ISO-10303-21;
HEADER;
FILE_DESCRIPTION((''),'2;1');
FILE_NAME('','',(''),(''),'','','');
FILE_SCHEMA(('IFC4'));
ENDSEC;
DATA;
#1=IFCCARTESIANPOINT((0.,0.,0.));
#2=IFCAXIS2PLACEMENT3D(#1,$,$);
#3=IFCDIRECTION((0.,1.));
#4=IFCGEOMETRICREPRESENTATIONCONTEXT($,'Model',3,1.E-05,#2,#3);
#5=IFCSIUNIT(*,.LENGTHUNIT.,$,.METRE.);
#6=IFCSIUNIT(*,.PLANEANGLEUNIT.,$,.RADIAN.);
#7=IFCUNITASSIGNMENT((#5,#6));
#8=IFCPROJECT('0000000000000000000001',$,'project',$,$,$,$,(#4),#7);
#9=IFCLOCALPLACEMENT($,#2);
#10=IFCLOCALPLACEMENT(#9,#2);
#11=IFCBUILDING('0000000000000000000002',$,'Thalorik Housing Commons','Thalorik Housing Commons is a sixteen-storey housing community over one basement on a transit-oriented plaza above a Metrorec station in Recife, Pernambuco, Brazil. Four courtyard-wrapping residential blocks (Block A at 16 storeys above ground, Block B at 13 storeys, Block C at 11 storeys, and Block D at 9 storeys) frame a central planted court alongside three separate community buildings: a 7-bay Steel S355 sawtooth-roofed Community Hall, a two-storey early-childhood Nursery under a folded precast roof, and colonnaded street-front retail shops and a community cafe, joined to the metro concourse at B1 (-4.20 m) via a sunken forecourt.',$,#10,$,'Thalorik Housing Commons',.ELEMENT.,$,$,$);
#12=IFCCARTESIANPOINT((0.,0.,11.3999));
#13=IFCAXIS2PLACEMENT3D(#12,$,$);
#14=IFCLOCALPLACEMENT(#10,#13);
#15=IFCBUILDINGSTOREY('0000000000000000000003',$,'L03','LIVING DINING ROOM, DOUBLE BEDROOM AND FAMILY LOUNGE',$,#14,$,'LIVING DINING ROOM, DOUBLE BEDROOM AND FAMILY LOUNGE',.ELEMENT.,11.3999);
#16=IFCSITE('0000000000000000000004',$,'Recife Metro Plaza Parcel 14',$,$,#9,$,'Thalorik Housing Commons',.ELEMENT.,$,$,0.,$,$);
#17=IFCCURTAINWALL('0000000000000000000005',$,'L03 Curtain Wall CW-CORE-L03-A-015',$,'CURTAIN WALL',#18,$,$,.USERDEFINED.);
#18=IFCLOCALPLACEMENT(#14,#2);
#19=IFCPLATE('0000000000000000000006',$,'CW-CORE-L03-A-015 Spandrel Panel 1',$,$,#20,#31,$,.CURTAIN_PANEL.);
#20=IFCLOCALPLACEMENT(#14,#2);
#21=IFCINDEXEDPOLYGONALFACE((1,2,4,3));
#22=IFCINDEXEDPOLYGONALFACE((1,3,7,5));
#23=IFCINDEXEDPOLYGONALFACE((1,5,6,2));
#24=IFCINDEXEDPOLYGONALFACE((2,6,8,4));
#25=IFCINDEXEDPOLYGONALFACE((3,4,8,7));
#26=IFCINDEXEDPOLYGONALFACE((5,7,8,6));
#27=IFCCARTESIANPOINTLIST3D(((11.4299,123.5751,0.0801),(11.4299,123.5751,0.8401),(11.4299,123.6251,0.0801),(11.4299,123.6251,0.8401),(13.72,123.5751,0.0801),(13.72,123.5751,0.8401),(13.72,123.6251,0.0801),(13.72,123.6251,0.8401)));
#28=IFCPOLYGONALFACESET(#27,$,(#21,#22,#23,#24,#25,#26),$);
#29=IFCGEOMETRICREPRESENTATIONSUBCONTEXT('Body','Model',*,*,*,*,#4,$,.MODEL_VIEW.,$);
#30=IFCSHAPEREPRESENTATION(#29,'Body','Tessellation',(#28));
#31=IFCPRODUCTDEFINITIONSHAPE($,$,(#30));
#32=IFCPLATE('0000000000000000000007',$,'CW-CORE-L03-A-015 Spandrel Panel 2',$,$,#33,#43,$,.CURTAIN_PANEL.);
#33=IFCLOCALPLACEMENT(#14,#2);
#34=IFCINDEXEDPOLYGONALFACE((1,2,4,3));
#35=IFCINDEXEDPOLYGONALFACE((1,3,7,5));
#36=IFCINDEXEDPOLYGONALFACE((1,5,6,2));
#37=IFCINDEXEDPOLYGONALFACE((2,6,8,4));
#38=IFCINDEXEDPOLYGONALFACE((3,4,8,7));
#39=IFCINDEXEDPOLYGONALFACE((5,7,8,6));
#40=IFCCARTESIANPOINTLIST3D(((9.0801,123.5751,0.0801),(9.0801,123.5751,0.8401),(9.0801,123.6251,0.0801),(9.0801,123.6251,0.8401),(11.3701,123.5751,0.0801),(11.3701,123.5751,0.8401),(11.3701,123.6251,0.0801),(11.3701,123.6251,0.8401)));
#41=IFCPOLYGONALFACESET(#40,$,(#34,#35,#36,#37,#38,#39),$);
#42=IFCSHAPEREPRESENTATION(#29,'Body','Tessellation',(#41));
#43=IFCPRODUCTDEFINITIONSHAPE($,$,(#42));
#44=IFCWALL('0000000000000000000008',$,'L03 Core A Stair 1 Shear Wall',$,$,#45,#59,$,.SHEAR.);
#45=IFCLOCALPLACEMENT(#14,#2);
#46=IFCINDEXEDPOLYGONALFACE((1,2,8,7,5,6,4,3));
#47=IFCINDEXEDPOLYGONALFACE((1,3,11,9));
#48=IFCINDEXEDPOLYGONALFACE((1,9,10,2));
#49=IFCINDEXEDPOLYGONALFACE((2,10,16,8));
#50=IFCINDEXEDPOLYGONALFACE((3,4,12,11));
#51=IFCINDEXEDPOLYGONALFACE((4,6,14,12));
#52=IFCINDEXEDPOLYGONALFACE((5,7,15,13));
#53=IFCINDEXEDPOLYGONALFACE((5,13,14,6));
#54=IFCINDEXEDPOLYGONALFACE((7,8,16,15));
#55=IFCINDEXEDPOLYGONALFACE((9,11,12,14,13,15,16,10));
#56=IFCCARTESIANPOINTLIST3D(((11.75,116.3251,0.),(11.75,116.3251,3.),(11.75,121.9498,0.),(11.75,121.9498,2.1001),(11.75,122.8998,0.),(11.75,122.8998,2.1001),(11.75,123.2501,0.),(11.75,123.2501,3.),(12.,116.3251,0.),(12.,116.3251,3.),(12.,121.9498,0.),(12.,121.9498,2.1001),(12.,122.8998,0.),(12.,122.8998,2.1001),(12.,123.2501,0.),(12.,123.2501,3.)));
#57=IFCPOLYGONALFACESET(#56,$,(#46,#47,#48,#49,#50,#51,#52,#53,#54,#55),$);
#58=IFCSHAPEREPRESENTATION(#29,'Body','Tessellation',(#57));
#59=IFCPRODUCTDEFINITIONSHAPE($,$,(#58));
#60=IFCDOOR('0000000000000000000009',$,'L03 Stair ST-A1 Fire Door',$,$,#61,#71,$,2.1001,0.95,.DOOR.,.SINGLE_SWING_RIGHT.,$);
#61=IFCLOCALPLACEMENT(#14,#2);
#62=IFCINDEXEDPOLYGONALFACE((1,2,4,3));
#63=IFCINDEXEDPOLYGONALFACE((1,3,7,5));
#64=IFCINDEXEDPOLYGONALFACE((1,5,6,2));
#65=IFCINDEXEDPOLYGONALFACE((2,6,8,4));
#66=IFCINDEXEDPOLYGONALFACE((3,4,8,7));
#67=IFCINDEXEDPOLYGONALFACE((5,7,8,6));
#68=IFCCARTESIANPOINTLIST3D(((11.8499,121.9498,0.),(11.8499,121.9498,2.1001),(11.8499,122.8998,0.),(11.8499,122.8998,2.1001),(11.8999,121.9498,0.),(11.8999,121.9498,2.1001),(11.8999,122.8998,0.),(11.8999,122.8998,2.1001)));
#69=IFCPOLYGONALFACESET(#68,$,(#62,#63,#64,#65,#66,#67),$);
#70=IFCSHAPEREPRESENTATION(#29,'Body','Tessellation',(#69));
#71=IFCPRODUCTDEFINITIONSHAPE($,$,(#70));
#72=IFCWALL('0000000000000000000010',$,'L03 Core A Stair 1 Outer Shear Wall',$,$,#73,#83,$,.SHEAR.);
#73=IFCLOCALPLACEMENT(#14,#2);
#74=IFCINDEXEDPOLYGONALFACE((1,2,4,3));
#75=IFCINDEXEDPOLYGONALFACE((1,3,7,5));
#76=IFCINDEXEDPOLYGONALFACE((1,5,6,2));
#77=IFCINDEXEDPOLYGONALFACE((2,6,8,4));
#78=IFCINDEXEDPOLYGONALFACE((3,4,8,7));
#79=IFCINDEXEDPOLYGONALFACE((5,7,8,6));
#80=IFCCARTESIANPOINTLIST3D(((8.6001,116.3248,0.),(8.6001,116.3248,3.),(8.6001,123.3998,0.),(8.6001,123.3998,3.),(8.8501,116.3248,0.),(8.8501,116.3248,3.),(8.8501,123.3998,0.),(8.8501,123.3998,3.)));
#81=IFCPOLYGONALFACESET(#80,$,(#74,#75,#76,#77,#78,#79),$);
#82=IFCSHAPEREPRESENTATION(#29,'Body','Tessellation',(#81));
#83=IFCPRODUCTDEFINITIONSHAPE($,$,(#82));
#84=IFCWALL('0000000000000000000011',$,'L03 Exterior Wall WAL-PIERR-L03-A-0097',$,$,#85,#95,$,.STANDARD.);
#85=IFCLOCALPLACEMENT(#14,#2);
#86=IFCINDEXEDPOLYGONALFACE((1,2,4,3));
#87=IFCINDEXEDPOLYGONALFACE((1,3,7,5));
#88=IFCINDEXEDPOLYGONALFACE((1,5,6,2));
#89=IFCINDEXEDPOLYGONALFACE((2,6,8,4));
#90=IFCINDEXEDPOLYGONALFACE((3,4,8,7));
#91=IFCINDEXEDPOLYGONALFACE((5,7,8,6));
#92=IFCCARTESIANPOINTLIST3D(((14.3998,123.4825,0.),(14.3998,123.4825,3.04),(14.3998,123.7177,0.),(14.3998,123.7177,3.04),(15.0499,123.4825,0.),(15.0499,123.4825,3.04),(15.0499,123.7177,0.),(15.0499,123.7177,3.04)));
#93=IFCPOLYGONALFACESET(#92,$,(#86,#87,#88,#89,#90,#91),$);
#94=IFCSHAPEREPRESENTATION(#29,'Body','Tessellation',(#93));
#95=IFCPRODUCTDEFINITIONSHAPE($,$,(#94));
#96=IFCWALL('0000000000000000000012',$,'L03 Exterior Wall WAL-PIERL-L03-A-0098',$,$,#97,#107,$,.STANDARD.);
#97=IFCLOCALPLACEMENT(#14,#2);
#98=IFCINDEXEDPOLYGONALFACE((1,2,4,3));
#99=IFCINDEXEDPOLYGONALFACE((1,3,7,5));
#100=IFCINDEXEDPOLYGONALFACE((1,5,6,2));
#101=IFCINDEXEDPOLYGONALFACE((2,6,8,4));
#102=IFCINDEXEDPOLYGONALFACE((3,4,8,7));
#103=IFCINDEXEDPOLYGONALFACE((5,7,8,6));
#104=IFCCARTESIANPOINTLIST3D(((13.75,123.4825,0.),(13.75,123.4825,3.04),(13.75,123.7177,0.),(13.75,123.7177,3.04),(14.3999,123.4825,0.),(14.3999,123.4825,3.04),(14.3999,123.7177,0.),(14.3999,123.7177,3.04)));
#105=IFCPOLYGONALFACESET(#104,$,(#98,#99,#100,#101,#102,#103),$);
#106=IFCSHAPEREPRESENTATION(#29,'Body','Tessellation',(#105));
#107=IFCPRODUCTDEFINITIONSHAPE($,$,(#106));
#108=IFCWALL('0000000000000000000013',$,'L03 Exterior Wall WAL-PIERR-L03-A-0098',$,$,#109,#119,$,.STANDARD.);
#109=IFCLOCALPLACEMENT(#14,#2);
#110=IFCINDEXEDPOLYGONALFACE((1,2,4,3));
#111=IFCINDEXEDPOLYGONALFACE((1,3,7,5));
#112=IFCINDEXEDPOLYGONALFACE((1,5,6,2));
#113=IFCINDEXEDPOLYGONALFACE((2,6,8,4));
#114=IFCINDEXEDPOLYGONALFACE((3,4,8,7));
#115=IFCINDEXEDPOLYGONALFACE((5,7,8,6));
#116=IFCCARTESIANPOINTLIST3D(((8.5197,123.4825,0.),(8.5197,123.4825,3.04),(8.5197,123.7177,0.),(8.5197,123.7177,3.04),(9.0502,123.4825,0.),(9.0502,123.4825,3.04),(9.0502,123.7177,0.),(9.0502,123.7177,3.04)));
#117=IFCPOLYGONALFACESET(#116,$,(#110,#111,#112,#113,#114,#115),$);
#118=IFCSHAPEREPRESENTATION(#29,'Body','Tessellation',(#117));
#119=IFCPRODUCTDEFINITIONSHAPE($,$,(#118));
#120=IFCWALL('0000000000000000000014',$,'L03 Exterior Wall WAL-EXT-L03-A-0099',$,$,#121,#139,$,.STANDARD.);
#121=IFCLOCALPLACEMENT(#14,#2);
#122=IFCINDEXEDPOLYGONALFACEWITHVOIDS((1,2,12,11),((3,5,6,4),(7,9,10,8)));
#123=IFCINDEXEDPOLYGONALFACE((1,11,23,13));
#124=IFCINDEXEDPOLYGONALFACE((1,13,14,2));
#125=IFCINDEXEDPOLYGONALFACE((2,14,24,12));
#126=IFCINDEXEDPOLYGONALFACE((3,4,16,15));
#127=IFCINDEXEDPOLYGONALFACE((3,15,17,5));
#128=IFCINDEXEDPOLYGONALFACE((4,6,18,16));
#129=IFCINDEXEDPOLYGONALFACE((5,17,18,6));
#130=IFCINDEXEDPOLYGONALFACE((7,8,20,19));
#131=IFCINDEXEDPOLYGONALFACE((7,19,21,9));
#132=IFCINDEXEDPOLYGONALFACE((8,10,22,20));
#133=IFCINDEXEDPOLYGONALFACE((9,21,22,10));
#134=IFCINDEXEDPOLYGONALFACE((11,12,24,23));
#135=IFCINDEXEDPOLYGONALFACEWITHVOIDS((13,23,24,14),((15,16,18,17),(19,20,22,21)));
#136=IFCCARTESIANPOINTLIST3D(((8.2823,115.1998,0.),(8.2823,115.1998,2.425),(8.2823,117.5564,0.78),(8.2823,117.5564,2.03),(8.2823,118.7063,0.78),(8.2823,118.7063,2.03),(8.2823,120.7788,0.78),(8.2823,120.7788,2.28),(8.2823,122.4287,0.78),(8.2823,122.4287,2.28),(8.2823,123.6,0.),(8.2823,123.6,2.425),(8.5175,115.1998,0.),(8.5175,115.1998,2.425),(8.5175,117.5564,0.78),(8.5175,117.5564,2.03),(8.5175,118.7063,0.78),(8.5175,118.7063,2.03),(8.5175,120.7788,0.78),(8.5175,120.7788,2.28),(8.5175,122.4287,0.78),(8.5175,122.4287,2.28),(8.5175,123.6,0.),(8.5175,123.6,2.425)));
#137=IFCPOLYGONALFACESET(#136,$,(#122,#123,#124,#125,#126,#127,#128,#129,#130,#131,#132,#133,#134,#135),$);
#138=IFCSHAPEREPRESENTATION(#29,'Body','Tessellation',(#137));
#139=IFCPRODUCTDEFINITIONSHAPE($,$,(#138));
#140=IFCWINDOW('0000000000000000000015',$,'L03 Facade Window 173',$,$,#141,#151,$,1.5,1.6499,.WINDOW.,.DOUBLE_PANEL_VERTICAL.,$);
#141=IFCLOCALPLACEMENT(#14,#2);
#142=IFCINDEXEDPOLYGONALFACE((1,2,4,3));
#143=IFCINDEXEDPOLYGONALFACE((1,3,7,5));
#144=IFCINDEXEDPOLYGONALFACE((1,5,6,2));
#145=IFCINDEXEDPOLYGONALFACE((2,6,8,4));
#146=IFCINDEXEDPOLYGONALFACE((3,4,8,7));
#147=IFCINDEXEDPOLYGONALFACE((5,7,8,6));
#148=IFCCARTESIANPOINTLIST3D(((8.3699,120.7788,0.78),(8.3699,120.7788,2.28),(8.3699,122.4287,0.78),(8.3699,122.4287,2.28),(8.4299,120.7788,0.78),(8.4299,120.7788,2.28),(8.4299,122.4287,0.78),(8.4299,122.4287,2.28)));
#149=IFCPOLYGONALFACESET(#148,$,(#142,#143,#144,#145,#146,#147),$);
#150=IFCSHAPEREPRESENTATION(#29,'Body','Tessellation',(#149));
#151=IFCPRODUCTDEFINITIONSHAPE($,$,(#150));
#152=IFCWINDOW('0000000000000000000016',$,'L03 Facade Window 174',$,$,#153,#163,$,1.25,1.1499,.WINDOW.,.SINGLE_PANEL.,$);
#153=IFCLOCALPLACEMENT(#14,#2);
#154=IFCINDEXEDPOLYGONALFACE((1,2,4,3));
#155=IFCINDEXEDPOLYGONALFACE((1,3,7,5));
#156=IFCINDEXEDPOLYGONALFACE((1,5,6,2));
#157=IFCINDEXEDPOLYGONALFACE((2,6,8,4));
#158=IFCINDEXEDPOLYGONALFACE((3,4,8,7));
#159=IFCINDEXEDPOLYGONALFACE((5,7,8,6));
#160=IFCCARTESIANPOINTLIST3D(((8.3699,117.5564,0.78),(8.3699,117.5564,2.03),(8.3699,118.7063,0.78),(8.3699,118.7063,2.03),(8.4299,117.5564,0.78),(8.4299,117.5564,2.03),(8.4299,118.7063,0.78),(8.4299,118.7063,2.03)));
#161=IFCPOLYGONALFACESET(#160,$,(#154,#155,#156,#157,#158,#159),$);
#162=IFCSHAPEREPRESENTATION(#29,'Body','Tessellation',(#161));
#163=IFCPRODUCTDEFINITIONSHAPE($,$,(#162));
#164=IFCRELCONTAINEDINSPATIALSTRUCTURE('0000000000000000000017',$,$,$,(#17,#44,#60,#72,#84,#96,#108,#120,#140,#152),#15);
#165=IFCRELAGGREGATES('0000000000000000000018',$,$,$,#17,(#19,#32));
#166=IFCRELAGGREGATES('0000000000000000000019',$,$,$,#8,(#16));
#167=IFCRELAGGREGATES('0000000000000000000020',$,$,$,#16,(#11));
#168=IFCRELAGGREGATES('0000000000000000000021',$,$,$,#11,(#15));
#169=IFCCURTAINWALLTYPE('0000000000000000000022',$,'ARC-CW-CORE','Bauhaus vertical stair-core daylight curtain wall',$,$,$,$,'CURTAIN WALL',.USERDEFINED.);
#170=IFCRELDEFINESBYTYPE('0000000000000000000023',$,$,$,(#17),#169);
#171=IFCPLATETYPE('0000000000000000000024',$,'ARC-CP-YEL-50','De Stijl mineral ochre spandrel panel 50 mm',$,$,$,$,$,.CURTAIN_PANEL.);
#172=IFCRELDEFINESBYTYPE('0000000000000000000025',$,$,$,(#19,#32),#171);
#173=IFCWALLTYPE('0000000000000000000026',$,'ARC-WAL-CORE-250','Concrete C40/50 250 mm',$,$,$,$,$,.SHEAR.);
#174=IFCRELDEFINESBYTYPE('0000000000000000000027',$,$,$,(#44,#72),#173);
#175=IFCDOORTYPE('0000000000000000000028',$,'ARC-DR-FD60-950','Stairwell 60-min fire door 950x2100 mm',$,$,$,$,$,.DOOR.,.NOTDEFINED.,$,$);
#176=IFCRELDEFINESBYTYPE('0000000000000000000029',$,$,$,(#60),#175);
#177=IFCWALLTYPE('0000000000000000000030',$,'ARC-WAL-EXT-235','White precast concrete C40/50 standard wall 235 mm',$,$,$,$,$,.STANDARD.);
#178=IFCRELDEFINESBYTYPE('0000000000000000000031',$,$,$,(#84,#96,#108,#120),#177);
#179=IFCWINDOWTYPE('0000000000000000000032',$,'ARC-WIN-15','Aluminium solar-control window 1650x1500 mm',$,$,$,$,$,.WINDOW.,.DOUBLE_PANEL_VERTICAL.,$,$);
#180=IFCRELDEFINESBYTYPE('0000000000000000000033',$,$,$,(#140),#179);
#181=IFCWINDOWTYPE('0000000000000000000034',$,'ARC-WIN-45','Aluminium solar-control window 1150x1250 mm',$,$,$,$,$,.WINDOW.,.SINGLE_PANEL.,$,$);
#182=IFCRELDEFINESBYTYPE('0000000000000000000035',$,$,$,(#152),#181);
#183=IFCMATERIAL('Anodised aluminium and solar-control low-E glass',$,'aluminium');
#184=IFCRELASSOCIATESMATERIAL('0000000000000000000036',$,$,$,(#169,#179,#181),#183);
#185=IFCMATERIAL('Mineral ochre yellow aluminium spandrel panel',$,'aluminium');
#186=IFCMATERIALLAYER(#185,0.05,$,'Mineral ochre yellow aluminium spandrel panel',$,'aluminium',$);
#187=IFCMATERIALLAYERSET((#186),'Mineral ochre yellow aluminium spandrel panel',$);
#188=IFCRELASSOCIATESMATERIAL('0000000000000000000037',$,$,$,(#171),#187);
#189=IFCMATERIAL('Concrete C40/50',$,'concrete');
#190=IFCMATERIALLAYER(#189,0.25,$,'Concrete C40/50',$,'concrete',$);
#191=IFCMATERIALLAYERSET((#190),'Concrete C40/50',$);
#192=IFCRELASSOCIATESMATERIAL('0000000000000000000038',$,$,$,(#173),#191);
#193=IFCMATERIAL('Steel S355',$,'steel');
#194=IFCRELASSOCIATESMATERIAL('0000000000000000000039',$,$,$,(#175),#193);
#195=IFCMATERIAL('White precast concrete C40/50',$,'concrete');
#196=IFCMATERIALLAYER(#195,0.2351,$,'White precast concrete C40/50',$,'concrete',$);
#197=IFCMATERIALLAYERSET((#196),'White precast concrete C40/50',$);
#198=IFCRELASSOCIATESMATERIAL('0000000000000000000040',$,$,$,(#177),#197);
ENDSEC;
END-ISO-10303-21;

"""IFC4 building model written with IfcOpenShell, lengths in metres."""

from ifc_helpers import new_model, si_unit, direction, frame, frame_2d, origin, origin_2d, place, context, subcontext, project, spatial, rectangle, extrude, material, layer, layer_set, type_object, element, fill, aggregate, save


model = new_model("IFC4")

# Units and contexts
model_context = context("Model", 3, precision=1e-05, world=origin(), true_north=direction((0.0, 1.0)))
body_context = subcontext(model_context, "Body", "Model", "MODEL_VIEW")
ifc_project = project(units=[si_unit("LENGTHUNIT", "METRE"), si_unit("PLANEANGLEUNIT", "RADIAN")], contexts=[model_context])

# Site, building, storey
site_placement = place(None, origin())
site = spatial("IfcSite", under=ifc_project, at=site_placement, Name="Recife Metro Plaza Parcel 14", LongName="Thalorik Housing Commons", CompositionType="ELEMENT", RefElevation=0.0)
building_placement = place(site_placement, origin())
building = spatial("IfcBuilding", under=site, at=building_placement, Name="Thalorik Housing Commons", Description="Thalorik Housing Commons is a sixteen-storey housing community over one basement on a transit-oriented plaza above a Metrorec station in Recife, Pernambuco, Brazil. Four courtyard-wrapping residential blocks (Block A at 16 storeys above ground, Block B at 13 storeys, Block C at 11 storeys, and Block D at 9 storeys) frame a central planted court alongside three separate community buildings: a 7-bay Steel S355 sawtooth-roofed Community Hall, a two-storey early-childhood Nursery under a folded precast roof, and colonnaded street-front retail shops and a community cafe, joined to the metro concourse at B1 (-4.20 m) via a sunken forecourt.", LongName="Thalorik Housing Commons", CompositionType="ELEMENT")
storey_placement = place(building_placement, frame((0.0, 0.0, 11.3999)))
storey = spatial("IfcBuildingStorey", under=building, at=storey_placement, Name="L03", Description="LIVING DINING ROOM, DOUBLE BEDROOM AND FAMILY LOUNGE", LongName="LIVING DINING ROOM, DOUBLE BEDROOM AND FAMILY LOUNGE", CompositionType="ELEMENT", Elevation=11.3999)

# Curtain wall
ifc_material_1 = material(Name="Anodised aluminium and solar-control low-E glass", Category="aluminium")
curtain_wall_type = type_object("IfcCurtainWallType", Name="ARC-CW-CORE", Description="Bauhaus vertical stair-core daylight curtain wall", ElementType="CURTAIN WALL", PredefinedType="USERDEFINED", material=ifc_material_1)
curtain_wall_1_placement = place(storey_placement, origin())
curtain_wall_1 = element("IfcCurtainWall", 1, at=curtain_wall_1_placement, inside=storey, type_object=curtain_wall_type, Name="L03 Curtain Wall CW-CORE-L03-A-015", ObjectType="CURTAIN WALL", PredefinedType="USERDEFINED")

# Plates
ifc_material_2 = material(Name="Mineral ochre yellow aluminium spandrel panel", Category="aluminium")
ifc_layer_1 = layer(ifc_material_2, 0.05, Name="Mineral ochre yellow aluminium spandrel panel", Category="aluminium")
ifc_layer_set_1 = layer_set([ifc_layer_1], Name="Mineral ochre yellow aluminium spandrel panel")
plate_type_1 = type_object("IfcPlateType", Name="ARC-CP-YEL-50", Description="De Stijl mineral ochre spandrel panel 50 mm", PredefinedType="CURTAIN_PANEL", material=ifc_layer_set_1)
plate_1_placement = place(storey_placement, frame((12.575, 123.6001, 0.0801), z_axis=(0.0, 0.0, 1.0), x_axis=(-1.0, 0.0, 0.0)))
plate_1 = element("IfcPlate", 2, at=plate_1_placement, type_object=plate_type_1, Name="CW-CORE-L03-A-015 Spandrel Panel 1", PredefinedType="CURTAIN_PANEL", context=body_context, shape_type="SweptSolid", body=[
    extrude(rectangle(XDim=2.29, YDim=0.05, at=origin_2d()), origin(), (0.0, 0.0, 1.0), 0.76),
])
plate_2_placement = place(storey_placement, frame((10.2251, 123.6001, 0.0801), z_axis=(0.0, 0.0, 1.0), x_axis=(-1.0, 0.0, 0.0)))
plate_2 = element("IfcPlate", 3, at=plate_2_placement, type_object=plate_type_1, Name="CW-CORE-L03-A-015 Spandrel Panel 2", PredefinedType="CURTAIN_PANEL", context=body_context, shape_type="SweptSolid", body=[
    extrude(rectangle(XDim=2.29, YDim=0.05, at=origin_2d()), origin(), (0.0, 0.0, 1.0), 0.76),
])
aggregate(curtain_wall_1, [plate_1, plate_2])

# Wall, opening, door
ifc_material_3 = material(Name="Concrete C40/50", Category="concrete")
ifc_layer_2 = layer(ifc_material_3, 0.25, Name="Concrete C40/50", Category="concrete")
ifc_layer_set_2 = layer_set([ifc_layer_2], Name="Concrete C40/50")
wall_type_1 = type_object("IfcWallType", Name="ARC-WAL-CORE-250", Description="Concrete C40/50 250 mm", PredefinedType="SHEAR", material=ifc_layer_set_2)
wall_1_placement = place(storey_placement, frame((11.875, 123.25, 0.0), z_axis=(0.0, 0.0, 1.0), x_axis=(0.0, -1.0, 0.0)))
wall_1 = element("IfcWall", 4, at=wall_1_placement, inside=storey, type_object=wall_type_1, Name="L03 Core A Stair 1 Shear Wall", PredefinedType="SHEAR", context=body_context, shape_type="SweptSolid", body=[
    extrude(rectangle(XDim=6.925, YDim=0.25, at=frame_2d((3.4624, 0.0))), origin(), (0.0, 0.0, 1.0), 3.0),
])
opening_1_placement = place(wall_1_placement, frame((0.3501, 0.0, 0.0)))
opening_1 = element("IfcOpeningElement", 5, at=opening_1_placement, cuts=wall_1, PredefinedType="OPENING", context=body_context, shape_type="SweptSolid", body=[
    extrude(rectangle(XDim=0.95, YDim=2.1001, at=frame_2d((0.4751, 1.05))), frame((0.0, 0.135, 0.0), z_axis=(0.0, -1.0, 0.0), x_axis=(1.0, 0.0, 0.0)), (0.0, 0.0, 1.0), 0.27),
])
ifc_material_4 = material(Name="Steel S355", Category="steel")
door_type = type_object("IfcDoorType", Name="ARC-DR-FD60-950", Description="Stairwell 60-min fire door 950x2100 mm", OperationType="NOTDEFINED", PredefinedType="DOOR", material=ifc_material_4)
door_placement = place(opening_1_placement, origin())
door = element("IfcDoor", 6, at=door_placement, inside=storey, type_object=door_type, Name="L03 Stair ST-A1 Fire Door", OperationType="SINGLE_SWING_RIGHT", OverallHeight=2.1001, OverallWidth=0.95, PredefinedType="DOOR", context=body_context, shape_type="SweptSolid", body=[
    extrude(rectangle(XDim=0.95, YDim=2.1001, at=frame_2d((0.4751, 1.05))), frame((0.0, 0.0249, 0.0), z_axis=(0.0, -1.0, 0.0), x_axis=(1.0, 0.0, 0.0)), (0.0, 0.0, 1.0), 0.05),
])
fill(opening_1, door)

# Walls
wall_2_placement = place(storey_placement, frame((8.7251, 123.3999, 0.0), z_axis=(0.0, 0.0, 1.0), x_axis=(0.0, -1.0, 0.0)))
element("IfcWall", 7, at=wall_2_placement, inside=storey, type_object=wall_type_1, Name="L03 Core A Stair 1 Outer Shear Wall", PredefinedType="SHEAR", context=body_context, shape_type="SweptSolid", body=[
    extrude(rectangle(XDim=7.075, YDim=0.25, at=frame_2d((3.5376, 0.0))), origin(), (0.0, 0.0, 1.0), 3.0),
])
ifc_material_5 = material(Name="White precast concrete C40/50", Category="concrete")
ifc_layer_3 = layer(ifc_material_5, 0.2351, Name="White precast concrete C40/50", Category="concrete")
ifc_layer_set_3 = layer_set([ifc_layer_3], Name="White precast concrete C40/50")
wall_type_2 = type_object("IfcWallType", Name="ARC-WAL-EXT-235", Description="White precast concrete C40/50 standard wall 235 mm", PredefinedType="STANDARD", material=ifc_layer_set_3)
wall_3_placement = place(storey_placement, frame((15.05, 123.6001, 0.0), z_axis=(0.0, 0.0, 1.0), x_axis=(-1.0, 0.0, 0.0)))
element("IfcWall", 8, at=wall_3_placement, inside=storey, type_object=wall_type_2, Name="L03 Exterior Wall WAL-PIERR-L03-A-0097", PredefinedType="STANDARD", context=body_context, shape_type="SweptSolid", body=[
    extrude(rectangle(XDim=0.6501, YDim=0.2351, at=frame_2d((0.3252, 0.0))), origin(), (0.0, 0.0, 1.0), 3.04),
])
wall_4_placement = place(storey_placement, frame((14.3999, 123.6001, 0.0), z_axis=(0.0, 0.0, 1.0), x_axis=(-1.0, 0.0, 0.0)))
element("IfcWall", 9, at=wall_4_placement, inside=storey, type_object=wall_type_2, Name="L03 Exterior Wall WAL-PIERL-L03-A-0098", PredefinedType="STANDARD", context=body_context, shape_type="SweptSolid", body=[
    extrude(rectangle(XDim=0.6499, YDim=0.2351, at=frame_2d((0.325, 0.0))), origin(), (0.0, 0.0, 1.0), 3.04),
])
wall_5_placement = place(storey_placement, frame((9.05, 123.6001, 0.0), z_axis=(0.0, 0.0, 1.0), x_axis=(-1.0, 0.0, 0.0)))
element("IfcWall", 10, at=wall_5_placement, inside=storey, type_object=wall_type_2, Name="L03 Exterior Wall WAL-PIERR-L03-A-0098", PredefinedType="STANDARD", context=body_context, shape_type="SweptSolid", body=[
    extrude(rectangle(XDim=0.5305, YDim=0.2351, at=frame_2d((0.2651, 0.0))), origin(), (0.0, 0.0, 1.0), 3.04),
])

# Wall, openings, windows
wall_6_placement = place(storey_placement, frame((8.3999, 123.6001, 0.0), z_axis=(0.0, 0.0, 1.0), x_axis=(0.0, -1.0, 0.0)))
wall_6 = element("IfcWall", 11, at=wall_6_placement, inside=storey, type_object=wall_type_2, Name="L03 Exterior Wall WAL-EXT-L03-A-0099", PredefinedType="STANDARD", context=body_context, shape_type="SweptSolid", body=[
    extrude(rectangle(XDim=8.4001, YDim=0.2351, at=frame_2d((4.2002, 0.0))), origin(), (0.0, 0.0, 1.0), 2.425),
])
opening_2_placement = place(wall_6_placement, frame((1.1714, 0.0, 0.78)))
opening_2 = element("IfcOpeningElement", 12, at=opening_2_placement, cuts=wall_6, PredefinedType="OPENING", context=body_context, shape_type="SweptSolid", body=[
    extrude(rectangle(XDim=1.6499, YDim=1.5, at=frame_2d((0.825, 0.75))), frame((0.0, 0.1274, 0.0), z_axis=(0.0, -1.0, 0.0), x_axis=(1.0, 0.0, 0.0)), (0.0, 0.0, 1.0), 0.2551),
])
opening_3_placement = place(wall_6_placement, frame((4.8938, 0.0, 0.78)))
opening_3 = element("IfcOpeningElement", 13, at=opening_3_placement, cuts=wall_6, PredefinedType="OPENING", context=body_context, shape_type="SweptSolid", body=[
    extrude(rectangle(XDim=1.1499, YDim=1.25, at=frame_2d((0.575, 0.625))), frame((0.0, 0.1274, 0.0), z_axis=(0.0, -1.0, 0.0), x_axis=(1.0, 0.0, 0.0)), (0.0, 0.0, 1.0), 0.2551),
])
window_type_1 = type_object("IfcWindowType", Name="ARC-WIN-15", Description="Aluminium solar-control window 1650x1500 mm", PartitioningType="DOUBLE_PANEL_VERTICAL", PredefinedType="WINDOW", material=ifc_material_1)
window_1_placement = place(opening_2_placement, origin())
window_1 = element("IfcWindow", 14, at=window_1_placement, inside=storey, type_object=window_type_1, Name="L03 Facade Window 173", OverallHeight=1.5, OverallWidth=1.6499, PartitioningType="DOUBLE_PANEL_VERTICAL", PredefinedType="WINDOW", context=body_context, shape_type="SweptSolid", body=[
    extrude(rectangle(XDim=1.6499, YDim=1.5, at=frame_2d((0.825, 0.75))), frame((0.0, 0.03, 0.0), z_axis=(0.0, -1.0, 0.0), x_axis=(1.0, 0.0, 0.0)), (0.0, 0.0, 1.0), 0.0601),
])
fill(opening_2, window_1)
window_type_2 = type_object("IfcWindowType", Name="ARC-WIN-45", Description="Aluminium solar-control window 1150x1250 mm", PartitioningType="SINGLE_PANEL", PredefinedType="WINDOW", material=ifc_material_1)
window_2_placement = place(opening_3_placement, origin())
window_2 = element("IfcWindow", 15, at=window_2_placement, inside=storey, type_object=window_type_2, Name="L03 Facade Window 174", OverallHeight=1.25, OverallWidth=1.1499, PartitioningType="SINGLE_PANEL", PredefinedType="WINDOW", context=body_context, shape_type="SweptSolid", body=[
    extrude(rectangle(XDim=1.1499, YDim=1.25, at=frame_2d((0.575, 0.625))), frame((0.0, 0.03, 0.0), z_axis=(0.0, -1.0, 0.0), x_axis=(1.0, 0.0, 0.0)), (0.0, 0.0, 1.0), 0.0601),
])
fill(opening_3, window_2)

save(model, "model.ifc")
